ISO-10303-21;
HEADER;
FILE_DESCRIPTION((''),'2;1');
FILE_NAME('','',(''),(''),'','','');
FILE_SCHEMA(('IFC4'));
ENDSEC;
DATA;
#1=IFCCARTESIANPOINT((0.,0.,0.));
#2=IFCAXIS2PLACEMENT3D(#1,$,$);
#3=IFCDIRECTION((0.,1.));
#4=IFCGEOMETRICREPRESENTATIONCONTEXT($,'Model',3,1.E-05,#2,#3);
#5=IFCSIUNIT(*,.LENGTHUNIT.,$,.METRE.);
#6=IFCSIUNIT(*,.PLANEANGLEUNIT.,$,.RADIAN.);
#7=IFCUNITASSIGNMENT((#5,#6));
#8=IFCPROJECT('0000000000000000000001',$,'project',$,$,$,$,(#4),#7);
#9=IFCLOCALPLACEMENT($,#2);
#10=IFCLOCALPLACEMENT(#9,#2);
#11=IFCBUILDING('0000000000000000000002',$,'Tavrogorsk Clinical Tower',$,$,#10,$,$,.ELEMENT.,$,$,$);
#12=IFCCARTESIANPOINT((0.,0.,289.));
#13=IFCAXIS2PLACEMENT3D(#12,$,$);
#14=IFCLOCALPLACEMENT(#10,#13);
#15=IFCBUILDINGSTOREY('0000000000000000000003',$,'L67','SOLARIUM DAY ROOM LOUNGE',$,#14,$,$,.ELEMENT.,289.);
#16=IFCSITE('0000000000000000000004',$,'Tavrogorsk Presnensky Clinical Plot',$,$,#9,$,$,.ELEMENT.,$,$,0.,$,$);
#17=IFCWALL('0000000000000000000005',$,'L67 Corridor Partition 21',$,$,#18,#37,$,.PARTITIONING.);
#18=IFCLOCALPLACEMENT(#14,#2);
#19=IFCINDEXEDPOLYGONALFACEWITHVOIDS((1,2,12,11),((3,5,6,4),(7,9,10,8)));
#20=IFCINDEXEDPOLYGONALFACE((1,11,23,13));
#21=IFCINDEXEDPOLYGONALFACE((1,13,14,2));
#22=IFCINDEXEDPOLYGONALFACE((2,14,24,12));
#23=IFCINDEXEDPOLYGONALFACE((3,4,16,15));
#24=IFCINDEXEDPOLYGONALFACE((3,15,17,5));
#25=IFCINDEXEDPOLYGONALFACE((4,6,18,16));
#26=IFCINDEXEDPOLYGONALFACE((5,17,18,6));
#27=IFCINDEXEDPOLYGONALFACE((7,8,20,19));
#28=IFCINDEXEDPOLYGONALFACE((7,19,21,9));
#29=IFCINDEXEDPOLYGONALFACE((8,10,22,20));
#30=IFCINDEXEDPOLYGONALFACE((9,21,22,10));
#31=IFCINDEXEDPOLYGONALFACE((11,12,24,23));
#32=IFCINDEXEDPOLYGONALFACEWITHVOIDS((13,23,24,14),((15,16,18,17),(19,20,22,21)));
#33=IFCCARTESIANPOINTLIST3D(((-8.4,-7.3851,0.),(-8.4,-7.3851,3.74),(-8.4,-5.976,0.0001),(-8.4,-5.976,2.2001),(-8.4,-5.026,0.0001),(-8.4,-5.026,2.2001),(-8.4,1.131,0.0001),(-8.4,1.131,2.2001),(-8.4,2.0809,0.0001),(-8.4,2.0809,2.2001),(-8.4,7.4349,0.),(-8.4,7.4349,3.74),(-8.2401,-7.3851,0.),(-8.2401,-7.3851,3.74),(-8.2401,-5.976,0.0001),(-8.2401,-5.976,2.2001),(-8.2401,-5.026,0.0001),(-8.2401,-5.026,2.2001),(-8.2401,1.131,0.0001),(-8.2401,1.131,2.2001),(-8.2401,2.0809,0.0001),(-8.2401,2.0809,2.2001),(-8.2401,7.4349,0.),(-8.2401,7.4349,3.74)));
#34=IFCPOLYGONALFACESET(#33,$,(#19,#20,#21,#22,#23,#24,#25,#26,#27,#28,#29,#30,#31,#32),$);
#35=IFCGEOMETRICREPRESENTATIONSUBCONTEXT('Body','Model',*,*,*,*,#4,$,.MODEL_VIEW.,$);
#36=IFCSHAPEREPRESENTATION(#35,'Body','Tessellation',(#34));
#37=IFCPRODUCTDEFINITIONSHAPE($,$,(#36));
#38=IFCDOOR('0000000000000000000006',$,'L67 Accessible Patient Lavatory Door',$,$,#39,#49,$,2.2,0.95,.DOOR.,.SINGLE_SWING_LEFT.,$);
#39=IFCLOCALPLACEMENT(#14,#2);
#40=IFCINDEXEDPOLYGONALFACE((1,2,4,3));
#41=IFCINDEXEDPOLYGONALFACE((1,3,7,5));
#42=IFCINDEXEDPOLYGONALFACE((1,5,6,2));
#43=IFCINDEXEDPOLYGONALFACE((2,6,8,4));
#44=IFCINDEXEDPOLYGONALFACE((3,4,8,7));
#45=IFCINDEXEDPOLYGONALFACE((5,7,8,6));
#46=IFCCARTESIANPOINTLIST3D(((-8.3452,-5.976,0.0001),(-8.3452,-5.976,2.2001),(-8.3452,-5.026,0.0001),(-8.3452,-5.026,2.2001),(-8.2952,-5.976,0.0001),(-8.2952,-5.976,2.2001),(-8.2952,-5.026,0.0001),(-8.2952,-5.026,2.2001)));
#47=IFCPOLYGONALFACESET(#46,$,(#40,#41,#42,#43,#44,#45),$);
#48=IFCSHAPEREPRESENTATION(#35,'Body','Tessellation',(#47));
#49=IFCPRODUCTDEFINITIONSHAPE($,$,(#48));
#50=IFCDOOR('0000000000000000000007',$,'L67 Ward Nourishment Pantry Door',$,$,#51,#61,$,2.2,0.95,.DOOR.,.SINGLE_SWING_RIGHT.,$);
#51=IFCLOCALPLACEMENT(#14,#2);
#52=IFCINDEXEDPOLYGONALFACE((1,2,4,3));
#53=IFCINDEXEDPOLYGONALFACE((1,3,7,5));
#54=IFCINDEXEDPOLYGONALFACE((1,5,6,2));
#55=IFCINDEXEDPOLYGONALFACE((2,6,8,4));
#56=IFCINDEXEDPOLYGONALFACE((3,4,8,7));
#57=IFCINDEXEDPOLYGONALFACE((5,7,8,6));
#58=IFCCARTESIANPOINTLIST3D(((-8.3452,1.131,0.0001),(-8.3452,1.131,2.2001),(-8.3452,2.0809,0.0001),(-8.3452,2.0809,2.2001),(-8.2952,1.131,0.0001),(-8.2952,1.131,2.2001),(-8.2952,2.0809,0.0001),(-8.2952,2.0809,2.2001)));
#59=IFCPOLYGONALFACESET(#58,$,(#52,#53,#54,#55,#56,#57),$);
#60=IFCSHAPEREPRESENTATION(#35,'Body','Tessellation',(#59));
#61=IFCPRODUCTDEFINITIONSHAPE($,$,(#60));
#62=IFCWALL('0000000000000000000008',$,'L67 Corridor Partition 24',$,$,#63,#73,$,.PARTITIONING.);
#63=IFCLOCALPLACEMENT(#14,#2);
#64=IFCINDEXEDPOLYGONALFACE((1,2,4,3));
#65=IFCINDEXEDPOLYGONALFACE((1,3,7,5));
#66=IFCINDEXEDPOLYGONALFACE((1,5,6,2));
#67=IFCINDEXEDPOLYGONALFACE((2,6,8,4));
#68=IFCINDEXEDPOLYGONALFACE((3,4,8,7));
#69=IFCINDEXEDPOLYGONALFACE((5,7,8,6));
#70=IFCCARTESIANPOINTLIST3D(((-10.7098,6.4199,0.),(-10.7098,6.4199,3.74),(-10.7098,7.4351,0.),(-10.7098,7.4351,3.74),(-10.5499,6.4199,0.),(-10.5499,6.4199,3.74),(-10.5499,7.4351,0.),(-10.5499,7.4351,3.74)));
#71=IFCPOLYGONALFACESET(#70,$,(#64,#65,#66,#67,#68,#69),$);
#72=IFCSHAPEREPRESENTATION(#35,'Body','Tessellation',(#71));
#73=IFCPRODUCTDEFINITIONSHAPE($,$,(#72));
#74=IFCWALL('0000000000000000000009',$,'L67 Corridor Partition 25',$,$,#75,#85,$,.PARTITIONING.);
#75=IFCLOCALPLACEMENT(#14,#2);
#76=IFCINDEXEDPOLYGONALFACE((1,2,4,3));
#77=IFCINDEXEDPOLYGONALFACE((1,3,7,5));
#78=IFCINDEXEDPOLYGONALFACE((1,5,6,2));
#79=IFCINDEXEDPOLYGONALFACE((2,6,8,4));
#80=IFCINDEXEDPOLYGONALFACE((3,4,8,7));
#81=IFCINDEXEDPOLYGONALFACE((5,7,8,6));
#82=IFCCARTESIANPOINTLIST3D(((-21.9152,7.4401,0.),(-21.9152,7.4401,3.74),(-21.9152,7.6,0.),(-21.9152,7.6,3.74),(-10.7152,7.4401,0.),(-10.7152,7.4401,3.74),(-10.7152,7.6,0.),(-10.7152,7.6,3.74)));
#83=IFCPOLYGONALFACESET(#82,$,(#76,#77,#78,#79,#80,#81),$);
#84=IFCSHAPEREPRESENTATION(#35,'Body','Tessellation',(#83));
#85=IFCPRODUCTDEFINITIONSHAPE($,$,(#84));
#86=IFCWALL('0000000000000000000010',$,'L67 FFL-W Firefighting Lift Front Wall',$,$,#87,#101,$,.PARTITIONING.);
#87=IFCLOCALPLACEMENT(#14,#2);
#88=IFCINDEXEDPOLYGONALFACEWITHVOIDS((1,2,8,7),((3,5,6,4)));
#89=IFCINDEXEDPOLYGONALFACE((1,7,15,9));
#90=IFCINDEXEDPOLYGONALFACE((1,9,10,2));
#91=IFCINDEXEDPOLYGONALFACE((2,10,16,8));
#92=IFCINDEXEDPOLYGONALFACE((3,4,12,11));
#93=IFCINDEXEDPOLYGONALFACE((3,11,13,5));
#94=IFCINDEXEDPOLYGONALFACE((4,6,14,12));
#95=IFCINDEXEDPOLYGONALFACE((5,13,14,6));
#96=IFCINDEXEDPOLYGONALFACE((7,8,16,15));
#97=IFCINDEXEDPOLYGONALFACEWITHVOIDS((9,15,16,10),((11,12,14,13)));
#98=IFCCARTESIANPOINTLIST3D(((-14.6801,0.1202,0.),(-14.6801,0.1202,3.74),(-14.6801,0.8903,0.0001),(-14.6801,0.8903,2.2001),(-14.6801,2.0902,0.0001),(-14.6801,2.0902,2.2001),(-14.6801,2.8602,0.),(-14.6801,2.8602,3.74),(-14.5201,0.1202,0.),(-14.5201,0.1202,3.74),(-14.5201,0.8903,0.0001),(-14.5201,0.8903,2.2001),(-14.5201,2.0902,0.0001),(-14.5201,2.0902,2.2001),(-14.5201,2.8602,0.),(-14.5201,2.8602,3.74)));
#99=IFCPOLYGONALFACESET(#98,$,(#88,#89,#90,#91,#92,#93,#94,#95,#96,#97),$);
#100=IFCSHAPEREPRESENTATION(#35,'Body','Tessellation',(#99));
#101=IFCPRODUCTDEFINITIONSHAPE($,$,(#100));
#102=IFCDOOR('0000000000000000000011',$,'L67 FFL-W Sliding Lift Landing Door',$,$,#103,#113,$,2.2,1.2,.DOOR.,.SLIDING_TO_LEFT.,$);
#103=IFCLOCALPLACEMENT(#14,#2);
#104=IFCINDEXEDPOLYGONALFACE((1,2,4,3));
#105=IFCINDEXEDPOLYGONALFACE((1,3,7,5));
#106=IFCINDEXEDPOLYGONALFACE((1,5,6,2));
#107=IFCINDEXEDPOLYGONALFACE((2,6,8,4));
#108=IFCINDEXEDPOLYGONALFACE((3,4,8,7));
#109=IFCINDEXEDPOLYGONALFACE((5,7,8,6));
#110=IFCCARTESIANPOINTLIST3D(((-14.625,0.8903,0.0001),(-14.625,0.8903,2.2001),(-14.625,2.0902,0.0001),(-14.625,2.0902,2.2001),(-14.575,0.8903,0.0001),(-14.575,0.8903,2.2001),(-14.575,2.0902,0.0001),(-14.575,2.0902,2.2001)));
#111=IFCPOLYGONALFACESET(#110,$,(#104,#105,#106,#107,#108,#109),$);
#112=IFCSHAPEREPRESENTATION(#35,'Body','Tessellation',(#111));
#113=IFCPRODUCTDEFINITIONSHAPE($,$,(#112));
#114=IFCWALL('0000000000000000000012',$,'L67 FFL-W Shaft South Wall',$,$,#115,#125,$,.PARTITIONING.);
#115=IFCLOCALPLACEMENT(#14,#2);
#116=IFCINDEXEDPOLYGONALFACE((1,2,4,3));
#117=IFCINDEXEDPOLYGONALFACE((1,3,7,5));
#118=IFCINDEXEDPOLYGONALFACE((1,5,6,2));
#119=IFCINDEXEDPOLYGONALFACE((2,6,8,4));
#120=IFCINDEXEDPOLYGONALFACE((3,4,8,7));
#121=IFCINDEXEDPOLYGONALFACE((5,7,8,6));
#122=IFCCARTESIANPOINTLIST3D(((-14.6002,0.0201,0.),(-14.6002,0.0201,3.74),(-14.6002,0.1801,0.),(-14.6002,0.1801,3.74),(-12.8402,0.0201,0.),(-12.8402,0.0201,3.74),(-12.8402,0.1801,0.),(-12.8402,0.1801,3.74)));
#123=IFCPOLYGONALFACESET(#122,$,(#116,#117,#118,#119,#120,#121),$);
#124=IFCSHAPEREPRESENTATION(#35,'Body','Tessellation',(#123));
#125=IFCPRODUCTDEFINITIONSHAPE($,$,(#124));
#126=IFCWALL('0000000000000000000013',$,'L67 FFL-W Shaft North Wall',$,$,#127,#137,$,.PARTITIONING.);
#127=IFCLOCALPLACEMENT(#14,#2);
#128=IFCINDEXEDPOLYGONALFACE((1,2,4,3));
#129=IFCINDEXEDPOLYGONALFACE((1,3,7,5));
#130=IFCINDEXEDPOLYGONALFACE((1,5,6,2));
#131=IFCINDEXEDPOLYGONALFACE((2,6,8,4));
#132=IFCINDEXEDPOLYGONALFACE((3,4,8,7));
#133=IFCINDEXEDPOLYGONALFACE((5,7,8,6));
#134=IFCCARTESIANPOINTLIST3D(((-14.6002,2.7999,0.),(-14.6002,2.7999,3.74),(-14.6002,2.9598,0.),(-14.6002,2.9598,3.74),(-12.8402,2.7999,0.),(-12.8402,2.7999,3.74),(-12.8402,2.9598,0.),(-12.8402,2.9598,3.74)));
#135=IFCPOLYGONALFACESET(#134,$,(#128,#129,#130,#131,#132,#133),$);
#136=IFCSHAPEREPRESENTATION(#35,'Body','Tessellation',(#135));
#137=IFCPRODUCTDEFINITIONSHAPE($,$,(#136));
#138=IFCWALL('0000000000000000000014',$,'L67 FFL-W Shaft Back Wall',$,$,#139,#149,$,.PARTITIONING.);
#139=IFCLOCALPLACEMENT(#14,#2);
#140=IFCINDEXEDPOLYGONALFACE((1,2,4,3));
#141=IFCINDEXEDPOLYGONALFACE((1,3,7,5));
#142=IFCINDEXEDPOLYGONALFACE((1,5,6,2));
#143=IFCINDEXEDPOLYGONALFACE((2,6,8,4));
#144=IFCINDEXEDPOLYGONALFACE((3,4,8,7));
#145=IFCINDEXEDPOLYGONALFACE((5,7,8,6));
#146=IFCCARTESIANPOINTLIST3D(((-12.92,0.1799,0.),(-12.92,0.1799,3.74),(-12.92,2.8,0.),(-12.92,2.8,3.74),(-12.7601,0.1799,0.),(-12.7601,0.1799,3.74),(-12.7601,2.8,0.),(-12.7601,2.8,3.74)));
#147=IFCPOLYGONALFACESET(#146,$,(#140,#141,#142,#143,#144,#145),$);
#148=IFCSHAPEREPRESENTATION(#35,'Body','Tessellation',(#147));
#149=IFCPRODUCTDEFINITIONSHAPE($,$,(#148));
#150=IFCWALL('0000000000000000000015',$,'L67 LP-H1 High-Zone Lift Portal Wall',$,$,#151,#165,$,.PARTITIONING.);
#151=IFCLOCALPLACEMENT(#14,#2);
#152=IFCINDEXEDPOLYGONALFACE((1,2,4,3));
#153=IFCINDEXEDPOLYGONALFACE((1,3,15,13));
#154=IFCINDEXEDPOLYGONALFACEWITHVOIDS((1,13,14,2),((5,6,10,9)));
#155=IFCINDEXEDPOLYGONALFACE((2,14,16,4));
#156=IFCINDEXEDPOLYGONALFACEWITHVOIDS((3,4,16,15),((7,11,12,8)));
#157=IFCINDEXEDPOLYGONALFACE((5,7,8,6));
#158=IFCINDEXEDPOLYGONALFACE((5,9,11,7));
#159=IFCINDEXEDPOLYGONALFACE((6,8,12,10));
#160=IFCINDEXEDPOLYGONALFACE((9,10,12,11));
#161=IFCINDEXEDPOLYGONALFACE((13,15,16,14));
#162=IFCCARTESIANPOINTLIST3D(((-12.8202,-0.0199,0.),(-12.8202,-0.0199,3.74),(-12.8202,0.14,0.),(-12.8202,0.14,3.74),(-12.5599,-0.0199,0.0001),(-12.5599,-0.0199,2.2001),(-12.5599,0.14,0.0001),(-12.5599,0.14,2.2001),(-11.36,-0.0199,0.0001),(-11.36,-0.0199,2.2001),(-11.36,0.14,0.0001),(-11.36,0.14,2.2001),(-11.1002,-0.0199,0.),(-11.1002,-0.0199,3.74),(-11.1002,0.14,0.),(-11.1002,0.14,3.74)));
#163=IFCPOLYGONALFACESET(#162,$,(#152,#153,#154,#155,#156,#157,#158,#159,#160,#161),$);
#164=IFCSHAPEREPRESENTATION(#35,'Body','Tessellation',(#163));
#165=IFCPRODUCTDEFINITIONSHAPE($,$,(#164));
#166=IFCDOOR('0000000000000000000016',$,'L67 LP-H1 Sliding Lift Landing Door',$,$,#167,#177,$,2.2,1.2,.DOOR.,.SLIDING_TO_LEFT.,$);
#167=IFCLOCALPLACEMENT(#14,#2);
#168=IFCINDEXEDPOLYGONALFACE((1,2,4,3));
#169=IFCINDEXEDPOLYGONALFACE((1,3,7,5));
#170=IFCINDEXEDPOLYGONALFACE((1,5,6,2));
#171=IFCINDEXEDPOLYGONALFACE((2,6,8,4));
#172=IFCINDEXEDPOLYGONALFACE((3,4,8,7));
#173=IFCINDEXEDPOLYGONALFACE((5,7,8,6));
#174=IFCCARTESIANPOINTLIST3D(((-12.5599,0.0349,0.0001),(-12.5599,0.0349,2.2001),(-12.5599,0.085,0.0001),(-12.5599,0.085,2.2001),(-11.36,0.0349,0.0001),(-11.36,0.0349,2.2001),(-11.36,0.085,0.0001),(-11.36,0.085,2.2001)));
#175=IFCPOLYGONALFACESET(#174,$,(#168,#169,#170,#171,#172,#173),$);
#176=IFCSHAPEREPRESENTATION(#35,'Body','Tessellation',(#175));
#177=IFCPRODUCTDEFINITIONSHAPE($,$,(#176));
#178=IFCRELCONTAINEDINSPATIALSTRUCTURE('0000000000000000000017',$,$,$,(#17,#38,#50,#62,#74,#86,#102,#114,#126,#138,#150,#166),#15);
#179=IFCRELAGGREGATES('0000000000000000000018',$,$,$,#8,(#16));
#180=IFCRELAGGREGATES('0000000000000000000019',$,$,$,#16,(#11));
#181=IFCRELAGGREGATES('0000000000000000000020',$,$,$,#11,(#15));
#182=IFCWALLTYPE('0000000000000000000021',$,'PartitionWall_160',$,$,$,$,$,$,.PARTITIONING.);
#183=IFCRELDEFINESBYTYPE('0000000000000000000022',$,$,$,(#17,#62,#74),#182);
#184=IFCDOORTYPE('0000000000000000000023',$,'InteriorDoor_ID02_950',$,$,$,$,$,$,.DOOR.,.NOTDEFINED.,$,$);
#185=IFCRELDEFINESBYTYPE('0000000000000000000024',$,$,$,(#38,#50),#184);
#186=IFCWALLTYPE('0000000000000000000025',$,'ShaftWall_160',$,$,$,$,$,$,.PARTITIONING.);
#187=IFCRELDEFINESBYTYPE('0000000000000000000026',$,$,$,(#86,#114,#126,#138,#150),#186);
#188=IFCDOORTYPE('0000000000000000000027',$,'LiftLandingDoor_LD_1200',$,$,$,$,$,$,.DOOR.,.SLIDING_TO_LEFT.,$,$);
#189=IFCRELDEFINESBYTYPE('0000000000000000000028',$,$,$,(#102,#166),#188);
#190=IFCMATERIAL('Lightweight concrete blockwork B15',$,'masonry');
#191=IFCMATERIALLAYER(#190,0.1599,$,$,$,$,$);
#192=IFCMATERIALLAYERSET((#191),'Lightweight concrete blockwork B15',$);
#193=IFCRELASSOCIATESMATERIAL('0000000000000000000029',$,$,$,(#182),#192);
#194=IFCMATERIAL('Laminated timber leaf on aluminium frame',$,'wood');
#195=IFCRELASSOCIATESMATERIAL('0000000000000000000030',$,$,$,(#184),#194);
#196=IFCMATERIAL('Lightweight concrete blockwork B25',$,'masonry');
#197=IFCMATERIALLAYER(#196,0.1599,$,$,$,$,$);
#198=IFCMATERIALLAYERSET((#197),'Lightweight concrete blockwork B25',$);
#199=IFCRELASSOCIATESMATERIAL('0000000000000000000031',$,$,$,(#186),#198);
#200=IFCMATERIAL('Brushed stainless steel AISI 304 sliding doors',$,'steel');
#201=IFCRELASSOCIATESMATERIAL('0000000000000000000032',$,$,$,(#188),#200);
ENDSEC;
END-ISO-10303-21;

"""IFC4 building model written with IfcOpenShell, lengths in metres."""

from ifc_helpers import new_model, si_unit, direction, frame, frame_2d, origin, place, context, subcontext, project, spatial, rectangle, extrude, material, layer, layer_set, type_object, element, fill, save


model = new_model("IFC4")

# Units and contexts
model_context = context("Model", 3, precision=1e-05, world=origin(), true_north=direction((0.0, 1.0)))
body_context = subcontext(model_context, "Body", "Model", "MODEL_VIEW")
ifc_project = project(units=[si_unit("LENGTHUNIT", "METRE"), si_unit("PLANEANGLEUNIT", "RADIAN")], contexts=[model_context])

# Site, building, storey
site_placement = place(None, origin())
site = spatial("IfcSite", under=ifc_project, at=site_placement, Name="Tavrogorsk Presnensky Clinical Plot", CompositionType="ELEMENT", RefElevation=0.0)
building_placement = place(site_placement, origin())
building = spatial("IfcBuilding", under=site, at=building_placement, Name="Tavrogorsk Clinical Tower", CompositionType="ELEMENT")
storey_placement = place(building_placement, frame((0.0, 0.0, 289.0)))
storey = spatial("IfcBuildingStorey", under=building, at=storey_placement, Name="L67", Description="SOLARIUM DAY ROOM LOUNGE", CompositionType="ELEMENT", Elevation=289.0)

# Shared definitions
ifc_material_1 = material(Name="Lightweight concrete blockwork B15", Category="masonry")
ifc_layer_1 = layer(ifc_material_1, 0.1599)
ifc_layer_set_1 = layer_set([ifc_layer_1], Name="Lightweight concrete blockwork B15")
wall_type_1 = type_object("IfcWallType", Name="PartitionWall_160", PredefinedType="PARTITIONING", material=ifc_layer_set_1)
ifc_material_2 = material(Name="Laminated timber leaf on aluminium frame", Category="wood")
door_type_1 = type_object("IfcDoorType", Name="InteriorDoor_ID02_950", OperationType="NOTDEFINED", PredefinedType="DOOR", material=ifc_material_2)

# Wall, openings, doors
wall_1_placement = place(storey_placement, frame((-8.3201, 7.4351, 0.0), z_axis=(0.0, 0.0, 1.0), x_axis=(0.0, -1.0, 0.0)))
wall_1 = element("IfcWall", 1, at=wall_1_placement, inside=storey, type_object=wall_type_1, Name="L67 Corridor Partition 21", PredefinedType="PARTITIONING", context=body_context, shape_type="SweptSolid", body=[
    extrude(rectangle(XDim=14.8201, YDim=0.1599, at=frame_2d((7.4102, 0.0))), origin(), (0.0, 0.0, 1.0), 3.74),
])
opening_1_placement = place(wall_1_placement, frame((12.4609, 0.0, 0.0)))
opening_1 = element("IfcOpeningElement", 2, at=opening_1_placement, cuts=wall_1, PredefinedType="OPENING", context=body_context, shape_type="SweptSolid", body=[
    extrude(rectangle(XDim=0.95, YDim=2.2, at=frame_2d((0.4751, 1.1001))), frame((0.0, 0.0898, 0.0), z_axis=(0.0, -1.0, 0.0), x_axis=(1.0, 0.0, 0.0)), (0.0, 0.0, 1.0), 0.1799),
])
opening_2_placement = place(wall_1_placement, frame((5.354, 0.0, 0.0)))
opening_2 = element("IfcOpeningElement", 3, at=opening_2_placement, cuts=wall_1, PredefinedType="OPENING", context=body_context, shape_type="SweptSolid", body=[
    extrude(rectangle(XDim=0.95, YDim=2.2, at=frame_2d((0.4751, 1.1001))), frame((0.0, 0.0898, 0.0), z_axis=(0.0, -1.0, 0.0), x_axis=(1.0, 0.0, 0.0)), (0.0, 0.0, 1.0), 0.1799),
])
door_1_placement = place(opening_1_placement, origin())
door_1 = element("IfcDoor", 4, at=door_1_placement, inside=storey, type_object=door_type_1, Name="L67 Accessible Patient Lavatory Door", OperationType="SINGLE_SWING_LEFT", OverallHeight=2.2, OverallWidth=0.95, PredefinedType="DOOR", context=body_context, shape_type="SweptSolid", body=[
    extrude(rectangle(XDim=0.95, YDim=2.2, at=frame_2d((0.4751, 1.1001))), frame((0.0, 0.0249, 0.0), z_axis=(0.0, -1.0, 0.0), x_axis=(1.0, 0.0, 0.0)), (0.0, 0.0, 1.0), 0.05),
])
fill(opening_1, door_1)
door_2_placement = place(opening_2_placement, origin())
door_2 = element("IfcDoor", 5, at=door_2_placement, inside=storey, type_object=door_type_1, Name="L67 Ward Nourishment Pantry Door", OperationType="SINGLE_SWING_RIGHT", OverallHeight=2.2, OverallWidth=0.95, PredefinedType="DOOR", context=body_context, shape_type="SweptSolid", body=[
    extrude(rectangle(XDim=0.95, YDim=2.2, at=frame_2d((0.4751, 1.1001))), frame((0.0, 0.0249, 0.0), z_axis=(0.0, -1.0, 0.0), x_axis=(1.0, 0.0, 0.0)), (0.0, 0.0, 1.0), 0.05),
])
fill(opening_2, door_2)

# Walls
wall_2_placement = place(storey_placement, frame((-10.6299, 6.4199, 0.0), z_axis=(0.0, 0.0, 1.0), x_axis=(0.0, 1.0, 0.0)))
element("IfcWall", 6, at=wall_2_placement, inside=storey, type_object=wall_type_1, Name="L67 Corridor Partition 24", PredefinedType="PARTITIONING", context=body_context, shape_type="SweptSolid", body=[
    extrude(rectangle(XDim=1.0151, YDim=0.1599, at=frame_2d((0.5076, 0.0))), origin(), (0.0, 0.0, 1.0), 3.74),
])
wall_3_placement = place(storey_placement, frame((-10.7151, 7.52, 0.0), z_axis=(0.0, 0.0, 1.0), x_axis=(-1.0, 0.0, 0.0)))
element("IfcWall", 7, at=wall_3_placement, inside=storey, type_object=wall_type_1, Name="L67 Corridor Partition 25", PredefinedType="PARTITIONING", context=body_context, shape_type="SweptSolid", body=[
    extrude(rectangle(XDim=11.2, YDim=0.1599, at=frame_2d((5.6001, 0.0))), origin(), (0.0, 0.0, 1.0), 3.74),
])

# Wall, opening, door
ifc_material_3 = material(Name="Lightweight concrete blockwork B25", Category="masonry")
ifc_layer_2 = layer(ifc_material_3, 0.1599)
ifc_layer_set_2 = layer_set([ifc_layer_2], Name="Lightweight concrete blockwork B25")
wall_type_2 = type_object("IfcWallType", Name="ShaftWall_160", PredefinedType="PARTITIONING", material=ifc_layer_set_2)
wall_4_placement = place(storey_placement, frame((-14.6001, 0.1201, 0.0), z_axis=(0.0, 0.0, 1.0), x_axis=(0.0, 1.0, 0.0)))
wall_4 = element("IfcWall", 8, at=wall_4_placement, inside=storey, type_object=wall_type_2, Name="L67 FFL-W Firefighting Lift Front Wall", PredefinedType="PARTITIONING", context=body_context, shape_type="SweptSolid", body=[
    extrude(rectangle(XDim=2.74, YDim=0.1599, at=frame_2d((1.3701, 0.0))), origin(), (0.0, 0.0, 1.0), 3.74),
])
opening_3_placement = place(wall_4_placement, frame((0.77, 0.0, 0.0)))
opening_3 = element("IfcOpeningElement", 9, at=opening_3_placement, cuts=wall_4, PredefinedType="OPENING", context=body_context, shape_type="SweptSolid", body=[
    extrude(rectangle(XDim=1.2, YDim=2.2, at=frame_2d((0.6001, 1.1001))), frame((0.0, 0.0898, 0.0), z_axis=(0.0, -1.0, 0.0), x_axis=(1.0, 0.0, 0.0)), (0.0, 0.0, 1.0), 0.1799),
])
ifc_material_4 = material(Name="Brushed stainless steel AISI 304 sliding doors", Category="steel")
door_type_2 = type_object("IfcDoorType", Name="LiftLandingDoor_LD_1200", OperationType="SLIDING_TO_LEFT", PredefinedType="DOOR", material=ifc_material_4)
door_3_placement = place(opening_3_placement, origin())
door_3 = element("IfcDoor", 10, at=door_3_placement, inside=storey, type_object=door_type_2, Name="L67 FFL-W Sliding Lift Landing Door", OperationType="SLIDING_TO_LEFT", OverallHeight=2.2, OverallWidth=1.2, PredefinedType="DOOR", context=body_context, shape_type="SweptSolid", body=[
    extrude(rectangle(XDim=1.2, YDim=2.2, at=frame_2d((0.6001, 1.1001))), frame((0.0, 0.0249, 0.0), z_axis=(0.0, -1.0, 0.0), x_axis=(1.0, 0.0, 0.0)), (0.0, 0.0, 1.0), 0.05),
])
fill(opening_3, door_3)

# Walls
for number, where, z_axis, x_axis, name in (
    (11, (-14.6001, 0.1001, 0.0), (0.0, 0.0, 1.0), (1.0, 0.0, 0.0), "L67 FFL-W Shaft South Wall"),
    (12, (-14.6001, 2.8799, 0.0), (0.0, 0.0, 1.0), (1.0, 0.0, 0.0), "L67 FFL-W Shaft North Wall"),
):
    element("IfcWall", number, at=place(storey_placement, frame(where, z_axis=z_axis, x_axis=x_axis)), inside=storey, type_object=wall_type_2, Name=name, PredefinedType="PARTITIONING", context=body_context, shape_type="SweptSolid", body=[
        extrude(rectangle(XDim=1.76, YDim=0.1599, at=frame_2d((0.8799, 0.0))), origin(), (0.0, 0.0, 1.0), 3.74),
    ])
wall_5_placement = place(storey_placement, frame((-12.8401, 0.1799, 0.0), z_axis=(0.0, 0.0, 1.0), x_axis=(0.0, 1.0, 0.0)))
element("IfcWall", 13, at=wall_5_placement, inside=storey, type_object=wall_type_2, Name="L67 FFL-W Shaft Back Wall", PredefinedType="PARTITIONING", context=body_context, shape_type="SweptSolid", body=[
    extrude(rectangle(XDim=2.6201, YDim=0.1599, at=frame_2d((1.3101, 0.0))), origin(), (0.0, 0.0, 1.0), 3.74),
])

# Wall, opening, door
wall_6_placement = place(storey_placement, frame((-12.8201, 0.0601, 0.0), z_axis=(0.0, 0.0, 1.0), x_axis=(1.0, 0.0, 0.0)))
wall_6 = element("IfcWall", 14, at=wall_6_placement, inside=storey, type_object=wall_type_2, Name="L67 LP-H1 High-Zone Lift Portal Wall", PredefinedType="PARTITIONING", context=body_context, shape_type="SweptSolid", body=[
    extrude(rectangle(XDim=1.72, YDim=0.1599, at=frame_2d((0.8599, 0.0))), origin(), (0.0, 0.0, 1.0), 3.74),
])
opening_4_placement = place(wall_6_placement, frame((0.26, 0.0, 0.0)))
opening_4 = element("IfcOpeningElement", 15, at=opening_4_placement, cuts=wall_6, PredefinedType="OPENING", context=body_context, shape_type="SweptSolid", body=[
    extrude(rectangle(XDim=1.2, YDim=2.2, at=frame_2d((0.6001, 1.1001))), frame((0.0, 0.0898, 0.0), z_axis=(0.0, -1.0, 0.0), x_axis=(1.0, 0.0, 0.0)), (0.0, 0.0, 1.0), 0.1799),
])
door_4_placement = place(opening_4_placement, origin())
door_4 = element("IfcDoor", 16, at=door_4_placement, inside=storey, type_object=door_type_2, Name="L67 LP-H1 Sliding Lift Landing Door", OperationType="SLIDING_TO_LEFT", OverallHeight=2.2, OverallWidth=1.2, PredefinedType="DOOR", context=body_context, shape_type="SweptSolid", body=[
    extrude(rectangle(XDim=1.2, YDim=2.2, at=frame_2d((0.6001, 1.1001))), frame((0.0, 0.0249, 0.0), z_axis=(0.0, -1.0, 0.0), x_axis=(1.0, 0.0, 0.0)), (0.0, 0.0, 1.0), 0.05),
])
fill(opening_4, door_4)

save(model, "model.ifc")
